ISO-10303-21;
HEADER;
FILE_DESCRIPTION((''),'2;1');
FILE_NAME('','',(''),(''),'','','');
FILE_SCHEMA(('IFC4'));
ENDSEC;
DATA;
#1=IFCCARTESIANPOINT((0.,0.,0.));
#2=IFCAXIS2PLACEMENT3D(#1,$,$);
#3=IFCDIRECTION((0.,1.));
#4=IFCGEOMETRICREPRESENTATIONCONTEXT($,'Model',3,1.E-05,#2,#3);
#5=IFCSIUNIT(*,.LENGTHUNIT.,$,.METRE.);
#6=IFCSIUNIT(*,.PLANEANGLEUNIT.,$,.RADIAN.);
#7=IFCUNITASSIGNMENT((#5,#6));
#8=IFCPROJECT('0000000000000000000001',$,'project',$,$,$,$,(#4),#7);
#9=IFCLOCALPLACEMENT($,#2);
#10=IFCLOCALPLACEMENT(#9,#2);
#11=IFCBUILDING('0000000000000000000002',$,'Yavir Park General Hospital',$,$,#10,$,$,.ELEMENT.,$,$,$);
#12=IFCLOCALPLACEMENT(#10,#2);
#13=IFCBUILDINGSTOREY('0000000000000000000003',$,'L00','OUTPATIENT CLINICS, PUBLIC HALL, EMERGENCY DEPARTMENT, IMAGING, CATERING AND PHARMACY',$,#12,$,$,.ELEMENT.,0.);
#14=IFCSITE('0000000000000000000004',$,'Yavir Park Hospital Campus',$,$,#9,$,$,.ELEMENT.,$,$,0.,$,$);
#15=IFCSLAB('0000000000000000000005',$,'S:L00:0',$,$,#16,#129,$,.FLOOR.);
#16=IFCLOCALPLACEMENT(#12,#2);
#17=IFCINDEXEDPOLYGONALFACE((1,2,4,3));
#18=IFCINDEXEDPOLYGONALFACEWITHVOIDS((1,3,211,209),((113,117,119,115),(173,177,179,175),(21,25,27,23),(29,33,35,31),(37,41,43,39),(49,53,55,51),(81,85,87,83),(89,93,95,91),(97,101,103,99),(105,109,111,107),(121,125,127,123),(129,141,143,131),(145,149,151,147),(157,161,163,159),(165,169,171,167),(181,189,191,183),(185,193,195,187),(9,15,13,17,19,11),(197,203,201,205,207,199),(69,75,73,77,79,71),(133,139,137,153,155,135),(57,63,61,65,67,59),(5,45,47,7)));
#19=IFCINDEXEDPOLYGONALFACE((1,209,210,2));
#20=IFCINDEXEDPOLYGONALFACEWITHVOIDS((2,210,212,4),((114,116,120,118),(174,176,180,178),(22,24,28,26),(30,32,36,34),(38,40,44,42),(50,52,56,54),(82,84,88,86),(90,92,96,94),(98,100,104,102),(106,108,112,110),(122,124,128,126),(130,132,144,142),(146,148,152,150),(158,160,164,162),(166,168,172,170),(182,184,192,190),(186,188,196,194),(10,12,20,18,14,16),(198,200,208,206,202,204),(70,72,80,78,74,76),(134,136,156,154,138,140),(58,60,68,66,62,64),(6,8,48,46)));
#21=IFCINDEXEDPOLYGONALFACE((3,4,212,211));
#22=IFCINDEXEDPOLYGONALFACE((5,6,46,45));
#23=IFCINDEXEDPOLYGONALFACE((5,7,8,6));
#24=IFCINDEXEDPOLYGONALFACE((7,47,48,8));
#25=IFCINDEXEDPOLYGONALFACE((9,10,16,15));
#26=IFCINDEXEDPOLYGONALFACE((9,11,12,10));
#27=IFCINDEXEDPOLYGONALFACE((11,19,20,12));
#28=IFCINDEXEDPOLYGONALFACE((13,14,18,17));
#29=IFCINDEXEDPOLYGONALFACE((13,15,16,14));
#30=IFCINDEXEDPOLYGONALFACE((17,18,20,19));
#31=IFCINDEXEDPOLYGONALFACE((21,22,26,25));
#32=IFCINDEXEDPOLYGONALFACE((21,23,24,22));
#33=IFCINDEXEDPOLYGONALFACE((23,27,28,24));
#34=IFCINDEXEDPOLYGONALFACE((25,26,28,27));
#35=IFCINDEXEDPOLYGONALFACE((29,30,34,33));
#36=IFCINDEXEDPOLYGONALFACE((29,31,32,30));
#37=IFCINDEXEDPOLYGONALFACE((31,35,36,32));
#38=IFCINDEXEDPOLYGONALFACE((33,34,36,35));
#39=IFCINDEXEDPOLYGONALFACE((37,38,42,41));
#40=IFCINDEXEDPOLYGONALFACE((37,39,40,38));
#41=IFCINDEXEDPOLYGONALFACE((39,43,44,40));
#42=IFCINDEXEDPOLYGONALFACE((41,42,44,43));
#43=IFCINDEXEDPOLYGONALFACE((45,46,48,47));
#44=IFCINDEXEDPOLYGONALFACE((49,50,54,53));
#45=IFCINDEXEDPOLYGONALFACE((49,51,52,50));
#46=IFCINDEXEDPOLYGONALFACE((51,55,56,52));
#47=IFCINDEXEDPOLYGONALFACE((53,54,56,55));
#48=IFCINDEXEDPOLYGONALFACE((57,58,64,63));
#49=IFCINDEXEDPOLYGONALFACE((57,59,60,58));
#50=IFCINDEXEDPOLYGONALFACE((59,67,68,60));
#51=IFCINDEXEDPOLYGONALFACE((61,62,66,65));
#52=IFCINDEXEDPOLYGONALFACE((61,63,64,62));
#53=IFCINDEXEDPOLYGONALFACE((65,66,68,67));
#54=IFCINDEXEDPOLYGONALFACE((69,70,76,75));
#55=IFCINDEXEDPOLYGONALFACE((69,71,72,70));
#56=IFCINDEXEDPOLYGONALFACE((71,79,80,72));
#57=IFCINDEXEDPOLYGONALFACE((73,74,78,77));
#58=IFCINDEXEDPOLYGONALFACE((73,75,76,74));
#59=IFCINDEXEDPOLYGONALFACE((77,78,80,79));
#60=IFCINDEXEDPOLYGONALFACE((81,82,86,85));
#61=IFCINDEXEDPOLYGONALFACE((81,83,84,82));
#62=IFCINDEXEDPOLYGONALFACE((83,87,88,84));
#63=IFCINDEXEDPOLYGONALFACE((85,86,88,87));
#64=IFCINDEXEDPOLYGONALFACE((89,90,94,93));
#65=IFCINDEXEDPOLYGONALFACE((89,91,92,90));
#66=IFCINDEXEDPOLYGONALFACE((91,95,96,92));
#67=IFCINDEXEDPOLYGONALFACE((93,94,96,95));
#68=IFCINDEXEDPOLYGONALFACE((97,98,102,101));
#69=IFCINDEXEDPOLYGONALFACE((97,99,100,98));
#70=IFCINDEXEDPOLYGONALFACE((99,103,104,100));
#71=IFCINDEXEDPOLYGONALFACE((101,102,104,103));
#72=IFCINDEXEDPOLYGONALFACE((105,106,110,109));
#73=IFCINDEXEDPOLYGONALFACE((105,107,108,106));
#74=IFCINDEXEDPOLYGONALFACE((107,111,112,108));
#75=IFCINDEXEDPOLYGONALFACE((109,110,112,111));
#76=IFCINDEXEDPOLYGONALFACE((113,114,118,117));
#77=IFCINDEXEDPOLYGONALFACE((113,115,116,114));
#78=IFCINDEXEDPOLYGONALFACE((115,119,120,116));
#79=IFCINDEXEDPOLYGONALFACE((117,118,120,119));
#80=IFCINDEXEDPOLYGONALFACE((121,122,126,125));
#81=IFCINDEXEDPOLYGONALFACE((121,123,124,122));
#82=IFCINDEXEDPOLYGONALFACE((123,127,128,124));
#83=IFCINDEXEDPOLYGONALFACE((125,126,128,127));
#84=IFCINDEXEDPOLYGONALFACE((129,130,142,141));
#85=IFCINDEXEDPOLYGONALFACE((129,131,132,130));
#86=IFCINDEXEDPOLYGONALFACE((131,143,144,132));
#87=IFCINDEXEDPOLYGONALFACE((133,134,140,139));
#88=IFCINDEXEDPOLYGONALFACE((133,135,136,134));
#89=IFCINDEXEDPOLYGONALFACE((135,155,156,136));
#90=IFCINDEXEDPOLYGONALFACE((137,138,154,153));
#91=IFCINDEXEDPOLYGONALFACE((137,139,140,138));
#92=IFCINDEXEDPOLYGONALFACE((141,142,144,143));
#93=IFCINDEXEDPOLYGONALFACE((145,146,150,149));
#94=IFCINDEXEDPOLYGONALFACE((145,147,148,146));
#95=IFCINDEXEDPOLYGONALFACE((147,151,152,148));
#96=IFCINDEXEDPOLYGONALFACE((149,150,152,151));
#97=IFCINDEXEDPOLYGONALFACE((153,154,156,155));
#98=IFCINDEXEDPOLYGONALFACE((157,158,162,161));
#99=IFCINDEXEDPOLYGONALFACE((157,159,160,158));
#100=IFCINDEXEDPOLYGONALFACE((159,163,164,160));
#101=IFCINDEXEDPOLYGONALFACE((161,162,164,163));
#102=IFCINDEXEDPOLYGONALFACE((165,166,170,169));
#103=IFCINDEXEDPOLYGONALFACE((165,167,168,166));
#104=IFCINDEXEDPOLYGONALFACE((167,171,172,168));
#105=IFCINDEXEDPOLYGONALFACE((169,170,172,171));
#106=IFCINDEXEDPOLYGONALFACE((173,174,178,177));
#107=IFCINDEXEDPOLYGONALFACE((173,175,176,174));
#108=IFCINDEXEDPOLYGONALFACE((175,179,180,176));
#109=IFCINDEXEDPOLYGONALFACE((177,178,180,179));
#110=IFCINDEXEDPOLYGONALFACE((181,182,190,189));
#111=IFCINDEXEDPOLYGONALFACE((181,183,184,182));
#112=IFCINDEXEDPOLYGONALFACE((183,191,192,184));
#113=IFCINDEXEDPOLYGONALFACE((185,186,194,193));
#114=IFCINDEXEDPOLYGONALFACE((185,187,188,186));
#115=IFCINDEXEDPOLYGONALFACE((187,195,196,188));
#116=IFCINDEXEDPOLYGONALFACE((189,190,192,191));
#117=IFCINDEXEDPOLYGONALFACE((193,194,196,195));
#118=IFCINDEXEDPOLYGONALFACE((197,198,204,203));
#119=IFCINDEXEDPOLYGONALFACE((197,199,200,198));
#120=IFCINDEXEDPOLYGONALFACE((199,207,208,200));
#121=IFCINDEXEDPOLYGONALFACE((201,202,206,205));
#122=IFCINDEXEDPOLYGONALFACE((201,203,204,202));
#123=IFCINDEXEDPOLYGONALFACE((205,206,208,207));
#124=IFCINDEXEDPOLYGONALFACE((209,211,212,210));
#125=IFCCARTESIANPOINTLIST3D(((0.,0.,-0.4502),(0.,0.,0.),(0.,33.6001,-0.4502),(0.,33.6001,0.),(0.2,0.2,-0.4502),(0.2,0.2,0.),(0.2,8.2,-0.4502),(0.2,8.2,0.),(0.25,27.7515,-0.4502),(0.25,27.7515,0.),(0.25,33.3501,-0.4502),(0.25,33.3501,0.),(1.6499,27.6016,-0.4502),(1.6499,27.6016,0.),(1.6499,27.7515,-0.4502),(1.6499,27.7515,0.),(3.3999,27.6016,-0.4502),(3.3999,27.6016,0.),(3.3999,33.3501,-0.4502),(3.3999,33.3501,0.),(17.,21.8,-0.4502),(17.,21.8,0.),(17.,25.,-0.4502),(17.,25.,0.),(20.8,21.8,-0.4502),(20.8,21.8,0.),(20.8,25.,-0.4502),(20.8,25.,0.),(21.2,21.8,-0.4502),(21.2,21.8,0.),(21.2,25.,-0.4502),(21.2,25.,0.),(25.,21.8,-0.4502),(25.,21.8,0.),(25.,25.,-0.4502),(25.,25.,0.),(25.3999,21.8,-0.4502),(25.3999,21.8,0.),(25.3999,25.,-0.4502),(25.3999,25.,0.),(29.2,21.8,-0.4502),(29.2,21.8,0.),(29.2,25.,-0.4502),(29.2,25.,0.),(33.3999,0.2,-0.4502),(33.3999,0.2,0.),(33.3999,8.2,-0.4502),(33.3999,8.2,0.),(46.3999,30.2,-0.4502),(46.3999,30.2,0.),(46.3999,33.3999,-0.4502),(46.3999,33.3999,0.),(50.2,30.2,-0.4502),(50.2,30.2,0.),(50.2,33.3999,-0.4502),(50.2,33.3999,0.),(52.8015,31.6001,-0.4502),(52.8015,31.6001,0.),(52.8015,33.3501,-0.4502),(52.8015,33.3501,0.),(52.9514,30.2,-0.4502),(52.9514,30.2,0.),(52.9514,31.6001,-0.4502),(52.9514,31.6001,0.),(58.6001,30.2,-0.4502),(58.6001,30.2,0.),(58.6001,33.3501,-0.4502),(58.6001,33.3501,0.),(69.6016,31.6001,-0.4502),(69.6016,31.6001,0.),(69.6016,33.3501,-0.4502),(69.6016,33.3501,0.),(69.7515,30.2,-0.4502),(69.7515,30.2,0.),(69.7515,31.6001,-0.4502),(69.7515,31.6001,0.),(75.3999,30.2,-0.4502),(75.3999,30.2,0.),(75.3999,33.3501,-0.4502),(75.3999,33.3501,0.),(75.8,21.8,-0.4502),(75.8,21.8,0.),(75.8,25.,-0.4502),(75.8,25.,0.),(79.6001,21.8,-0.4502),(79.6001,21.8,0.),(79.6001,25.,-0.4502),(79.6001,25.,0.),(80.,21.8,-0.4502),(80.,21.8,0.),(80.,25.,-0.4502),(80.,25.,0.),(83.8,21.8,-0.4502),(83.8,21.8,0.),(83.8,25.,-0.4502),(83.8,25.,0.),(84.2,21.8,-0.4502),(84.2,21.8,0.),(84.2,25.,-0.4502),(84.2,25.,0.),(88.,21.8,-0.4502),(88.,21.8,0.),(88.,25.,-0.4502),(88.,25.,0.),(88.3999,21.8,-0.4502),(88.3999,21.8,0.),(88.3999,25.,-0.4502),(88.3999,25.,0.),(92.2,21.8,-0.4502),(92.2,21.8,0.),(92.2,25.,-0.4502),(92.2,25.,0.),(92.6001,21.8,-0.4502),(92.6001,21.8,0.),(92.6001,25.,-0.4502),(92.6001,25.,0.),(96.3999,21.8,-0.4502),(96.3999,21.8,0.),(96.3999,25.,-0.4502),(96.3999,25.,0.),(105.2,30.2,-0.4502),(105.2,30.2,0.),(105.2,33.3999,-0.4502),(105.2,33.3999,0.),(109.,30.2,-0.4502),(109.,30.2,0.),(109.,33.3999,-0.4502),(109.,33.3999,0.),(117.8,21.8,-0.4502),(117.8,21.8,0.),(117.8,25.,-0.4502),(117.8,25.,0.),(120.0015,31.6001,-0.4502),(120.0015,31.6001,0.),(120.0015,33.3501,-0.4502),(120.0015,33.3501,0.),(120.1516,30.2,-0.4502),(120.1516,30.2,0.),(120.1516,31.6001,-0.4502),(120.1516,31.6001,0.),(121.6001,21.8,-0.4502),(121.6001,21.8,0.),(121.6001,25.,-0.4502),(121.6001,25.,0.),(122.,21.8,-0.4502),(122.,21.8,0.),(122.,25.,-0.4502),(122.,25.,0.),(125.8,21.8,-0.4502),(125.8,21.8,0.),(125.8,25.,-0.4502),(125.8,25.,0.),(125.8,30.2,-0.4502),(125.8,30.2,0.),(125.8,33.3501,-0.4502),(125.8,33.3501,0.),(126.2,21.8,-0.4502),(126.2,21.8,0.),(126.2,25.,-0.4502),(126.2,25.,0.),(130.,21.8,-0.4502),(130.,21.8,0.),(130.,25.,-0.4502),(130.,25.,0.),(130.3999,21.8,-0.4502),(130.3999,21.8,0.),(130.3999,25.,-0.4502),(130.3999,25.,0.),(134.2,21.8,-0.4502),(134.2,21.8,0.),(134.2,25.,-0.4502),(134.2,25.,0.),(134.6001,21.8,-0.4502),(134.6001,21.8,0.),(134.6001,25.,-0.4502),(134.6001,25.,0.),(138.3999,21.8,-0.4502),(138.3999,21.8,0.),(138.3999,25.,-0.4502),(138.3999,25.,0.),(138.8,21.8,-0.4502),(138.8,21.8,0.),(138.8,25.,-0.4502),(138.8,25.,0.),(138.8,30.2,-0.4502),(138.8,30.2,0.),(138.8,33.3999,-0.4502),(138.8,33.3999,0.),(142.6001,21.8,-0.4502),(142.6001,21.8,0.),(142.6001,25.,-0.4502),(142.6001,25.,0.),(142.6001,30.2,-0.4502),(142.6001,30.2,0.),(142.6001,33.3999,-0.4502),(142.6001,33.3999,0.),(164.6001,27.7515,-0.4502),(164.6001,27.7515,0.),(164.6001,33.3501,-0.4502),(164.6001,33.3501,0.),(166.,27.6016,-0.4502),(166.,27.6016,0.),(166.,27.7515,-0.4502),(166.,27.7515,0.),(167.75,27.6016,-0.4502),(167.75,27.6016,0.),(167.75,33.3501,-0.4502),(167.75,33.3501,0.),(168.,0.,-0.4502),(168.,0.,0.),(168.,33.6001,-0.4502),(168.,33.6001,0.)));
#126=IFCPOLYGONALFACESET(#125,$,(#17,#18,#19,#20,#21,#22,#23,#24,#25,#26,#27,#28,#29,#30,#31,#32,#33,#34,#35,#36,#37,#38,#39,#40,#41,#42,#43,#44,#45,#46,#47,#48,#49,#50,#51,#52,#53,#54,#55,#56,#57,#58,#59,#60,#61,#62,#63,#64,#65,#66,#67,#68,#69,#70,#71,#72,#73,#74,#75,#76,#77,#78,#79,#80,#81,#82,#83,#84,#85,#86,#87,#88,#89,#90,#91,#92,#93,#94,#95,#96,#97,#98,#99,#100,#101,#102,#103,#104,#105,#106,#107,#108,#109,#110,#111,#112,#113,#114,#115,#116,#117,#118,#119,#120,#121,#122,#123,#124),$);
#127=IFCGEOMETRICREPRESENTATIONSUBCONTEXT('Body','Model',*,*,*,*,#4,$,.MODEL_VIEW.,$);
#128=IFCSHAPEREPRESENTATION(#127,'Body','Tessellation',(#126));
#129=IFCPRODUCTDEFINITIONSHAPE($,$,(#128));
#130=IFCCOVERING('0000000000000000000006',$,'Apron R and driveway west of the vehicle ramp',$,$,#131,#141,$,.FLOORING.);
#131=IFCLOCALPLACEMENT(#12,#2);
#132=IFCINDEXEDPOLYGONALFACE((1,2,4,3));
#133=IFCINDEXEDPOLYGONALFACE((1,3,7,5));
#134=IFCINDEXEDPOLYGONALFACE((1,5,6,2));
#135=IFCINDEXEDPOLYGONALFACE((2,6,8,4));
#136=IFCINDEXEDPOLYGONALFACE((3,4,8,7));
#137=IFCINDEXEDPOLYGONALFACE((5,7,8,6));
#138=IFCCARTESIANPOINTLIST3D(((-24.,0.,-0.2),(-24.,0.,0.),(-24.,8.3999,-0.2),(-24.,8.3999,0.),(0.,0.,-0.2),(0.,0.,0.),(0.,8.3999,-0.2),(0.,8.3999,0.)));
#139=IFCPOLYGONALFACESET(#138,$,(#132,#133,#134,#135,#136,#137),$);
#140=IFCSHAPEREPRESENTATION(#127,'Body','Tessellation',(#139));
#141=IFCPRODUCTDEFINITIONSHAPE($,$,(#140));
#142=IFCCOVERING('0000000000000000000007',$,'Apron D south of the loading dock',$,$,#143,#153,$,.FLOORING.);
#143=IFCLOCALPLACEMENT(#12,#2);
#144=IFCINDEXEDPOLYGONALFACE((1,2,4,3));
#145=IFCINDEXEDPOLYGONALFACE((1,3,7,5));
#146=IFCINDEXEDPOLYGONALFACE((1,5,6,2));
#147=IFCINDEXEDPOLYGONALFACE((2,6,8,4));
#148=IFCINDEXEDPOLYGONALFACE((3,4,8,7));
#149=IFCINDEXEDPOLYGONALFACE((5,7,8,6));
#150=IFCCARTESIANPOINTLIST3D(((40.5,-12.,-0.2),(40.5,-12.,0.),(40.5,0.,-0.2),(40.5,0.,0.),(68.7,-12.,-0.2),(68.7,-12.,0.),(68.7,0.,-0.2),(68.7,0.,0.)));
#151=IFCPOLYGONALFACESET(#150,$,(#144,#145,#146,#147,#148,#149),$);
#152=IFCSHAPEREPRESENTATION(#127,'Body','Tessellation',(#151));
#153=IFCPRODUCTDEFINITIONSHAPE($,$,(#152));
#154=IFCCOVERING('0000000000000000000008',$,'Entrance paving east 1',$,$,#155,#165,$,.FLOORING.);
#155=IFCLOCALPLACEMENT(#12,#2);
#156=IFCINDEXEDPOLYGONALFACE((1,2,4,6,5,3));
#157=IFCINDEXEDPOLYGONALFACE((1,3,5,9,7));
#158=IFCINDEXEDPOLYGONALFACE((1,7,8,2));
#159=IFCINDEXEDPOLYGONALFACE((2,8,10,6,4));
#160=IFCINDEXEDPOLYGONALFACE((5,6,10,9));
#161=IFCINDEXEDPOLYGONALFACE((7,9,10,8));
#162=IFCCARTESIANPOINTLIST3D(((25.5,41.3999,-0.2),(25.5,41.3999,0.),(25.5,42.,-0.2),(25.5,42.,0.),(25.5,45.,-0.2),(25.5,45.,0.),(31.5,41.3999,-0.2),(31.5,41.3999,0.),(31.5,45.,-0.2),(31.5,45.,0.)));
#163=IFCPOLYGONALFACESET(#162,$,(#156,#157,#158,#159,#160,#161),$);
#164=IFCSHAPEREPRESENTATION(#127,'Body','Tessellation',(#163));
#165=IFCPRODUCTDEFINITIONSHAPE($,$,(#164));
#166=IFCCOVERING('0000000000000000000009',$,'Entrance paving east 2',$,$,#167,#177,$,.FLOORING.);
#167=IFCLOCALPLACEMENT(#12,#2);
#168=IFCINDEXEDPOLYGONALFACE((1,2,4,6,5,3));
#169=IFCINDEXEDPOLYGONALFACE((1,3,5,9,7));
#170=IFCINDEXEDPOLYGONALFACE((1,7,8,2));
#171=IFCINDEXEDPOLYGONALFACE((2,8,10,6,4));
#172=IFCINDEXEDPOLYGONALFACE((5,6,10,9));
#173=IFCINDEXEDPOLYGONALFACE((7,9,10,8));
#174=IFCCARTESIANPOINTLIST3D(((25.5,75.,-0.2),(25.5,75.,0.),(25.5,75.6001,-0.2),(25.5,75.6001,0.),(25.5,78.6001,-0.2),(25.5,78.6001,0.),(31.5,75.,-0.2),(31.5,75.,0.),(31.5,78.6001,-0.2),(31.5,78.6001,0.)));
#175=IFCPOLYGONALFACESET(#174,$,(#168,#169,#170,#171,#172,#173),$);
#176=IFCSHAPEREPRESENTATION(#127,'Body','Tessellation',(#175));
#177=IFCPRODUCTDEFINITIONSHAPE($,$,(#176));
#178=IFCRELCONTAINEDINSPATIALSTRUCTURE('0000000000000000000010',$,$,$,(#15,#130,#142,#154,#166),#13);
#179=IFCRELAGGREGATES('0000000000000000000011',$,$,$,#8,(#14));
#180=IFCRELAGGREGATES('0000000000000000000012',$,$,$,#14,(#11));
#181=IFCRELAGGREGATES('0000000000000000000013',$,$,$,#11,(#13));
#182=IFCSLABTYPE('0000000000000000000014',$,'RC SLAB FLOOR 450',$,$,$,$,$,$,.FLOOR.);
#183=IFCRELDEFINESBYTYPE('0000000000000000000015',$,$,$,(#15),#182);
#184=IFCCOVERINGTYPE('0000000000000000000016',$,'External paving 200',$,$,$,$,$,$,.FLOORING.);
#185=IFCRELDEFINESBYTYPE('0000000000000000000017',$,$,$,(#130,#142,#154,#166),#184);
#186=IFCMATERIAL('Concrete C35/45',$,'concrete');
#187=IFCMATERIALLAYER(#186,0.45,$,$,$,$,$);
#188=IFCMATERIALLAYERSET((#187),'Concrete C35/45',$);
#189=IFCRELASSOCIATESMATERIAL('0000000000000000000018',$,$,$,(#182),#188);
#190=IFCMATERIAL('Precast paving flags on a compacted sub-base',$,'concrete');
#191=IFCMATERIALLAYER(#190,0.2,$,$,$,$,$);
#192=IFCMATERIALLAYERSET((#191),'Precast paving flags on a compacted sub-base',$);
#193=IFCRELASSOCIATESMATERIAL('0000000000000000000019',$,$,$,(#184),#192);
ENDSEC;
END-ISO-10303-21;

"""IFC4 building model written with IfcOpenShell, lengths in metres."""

from ifc_helpers import new_model, si_unit, direction, frame, origin, place, context, subcontext, project, spatial, polyline, outline, extrude, material, layer, layer_set, type_object, element, save


model = new_model("IFC4")

# Units and contexts
model_context = context("Model", 3, precision=1e-05, world=origin(), true_north=direction((0.0, 1.0)))
body_context = subcontext(model_context, "Body", "Model", "MODEL_VIEW")
ifc_project = project(units=[si_unit("LENGTHUNIT", "METRE"), si_unit("PLANEANGLEUNIT", "RADIAN")], contexts=[model_context])

# Site, building, storey
site_placement = place(None, origin())
site = spatial("IfcSite", under=ifc_project, at=site_placement, Name="Yavir Park Hospital Campus", CompositionType="ELEMENT", RefElevation=0.0)
building_placement = place(site_placement, origin())
building = spatial("IfcBuilding", under=site, at=building_placement, Name="Yavir Park General Hospital", CompositionType="ELEMENT")
storey_placement = place(building_placement, origin())
storey = spatial("IfcBuildingStorey", under=building, at=storey_placement, Name="L00", Description="OUTPATIENT CLINICS, PUBLIC HALL, EMERGENCY DEPARTMENT, IMAGING, CATERING AND PHARMACY", CompositionType="ELEMENT", Elevation=0.0)

# Slab
ifc_material_1 = material(Name="Concrete C35/45", Category="concrete")
ifc_layer_1 = layer(ifc_material_1, 0.45)
ifc_layer_set_1 = layer_set([ifc_layer_1], Name="Concrete C35/45")
slab_type_1 = type_object("IfcSlabType", Name="RC SLAB FLOOR 450", PredefinedType="FLOOR", material=ifc_layer_set_1)
slab_1_placement = place(storey_placement, frame((0.0, 0.0, -0.4502)))
element("IfcSlab", 1, at=slab_1_placement, inside=storey, type_object=slab_type_1, Name="S:L00:0", PredefinedType="FLOOR", context=body_context, shape_type="SweptSolid", body=[
    extrude(outline(polyline([(168.0, 0.0), (168.0, 33.6001), (0.0, 33.6001), (0.0, 0.0), (168.0, 0.0)]), holes=[polyline([(0.2, 0.2), (0.2, 8.2), (33.3999, 8.2), (33.3999, 0.2), (0.2, 0.2)]), polyline([(17.0, 25.0), (20.8, 25.0), (20.8, 21.8), (17.0, 21.8), (17.0, 25.0)]), polyline([(21.2, 25.0), (25.0, 25.0), (25.0, 21.8), (21.2, 21.8), (21.2, 25.0)]), polyline([(25.3999, 25.0), (29.2, 25.0), (29.2, 21.8), (25.3999, 21.8), (25.3999, 25.0)]), polyline([(75.8, 25.0), (79.6001, 25.0), (79.6001, 21.8), (75.8, 21.8), (75.8, 25.0)]), polyline([(80.0, 25.0), (83.8, 25.0), (83.8, 21.8), (80.0, 21.8), (80.0, 25.0)]), polyline([(84.2, 25.0), (88.0, 25.0), (88.0, 21.8), (84.2, 21.8), (84.2, 25.0)]), polyline([(88.3999, 21.8), (88.3999, 25.0), (92.2, 25.0), (92.2, 21.8), (88.3999, 21.8)]), polyline([(46.3999, 33.3999), (50.2, 33.3999), (50.2, 30.2), (46.3999, 30.2), (46.3999, 33.3999)]), polyline([(92.6001, 25.0), (96.3999, 25.0), (96.3999, 21.8), (92.6001, 21.8), (92.6001, 25.0)]), polyline([(117.8, 25.0), (121.6001, 25.0), (121.6001, 21.8), (117.8, 21.8), (117.8, 25.0)]), polyline([(122.0, 25.0), (125.8, 25.0), (125.8, 21.8), (122.0, 21.8), (122.0, 25.0)]), polyline([(126.2, 25.0), (130.0, 25.0), (130.0, 21.8), (126.2, 21.8), (126.2, 25.0)]), polyline([(130.3999, 25.0), (134.2, 25.0), (134.2, 21.8), (130.3999, 21.8), (130.3999, 25.0)]), polyline([(134.6001, 25.0), (138.3999, 25.0), (138.3999, 21.8), (134.6001, 21.8), (134.6001, 25.0)]), polyline([(138.8, 25.0), (142.6001, 25.0), (142.6001, 21.8), (138.8, 21.8), (138.8, 25.0)]), polyline([(105.2, 33.3999), (109.0, 33.3999), (109.0, 30.2), (105.2, 30.2), (105.2, 33.3999)]), polyline([(138.8, 33.3999), (142.6001, 33.3999), (142.6001, 30.2), (138.8, 30.2), (138.8, 33.3999)]), polyline([(3.3999, 27.6016), (1.6499, 27.6016), (1.6499, 27.7515), (0.25, 27.7515), (0.25, 33.3501), (3.3999, 33.3501), (3.3999, 27.6016)]), polyline([(58.6001, 30.2), (52.9514, 30.2), (52.9514, 31.6001), (52.8015, 31.6001), (52.8015, 33.3501), (58.6001, 33.3501), (58.6001, 30.2)]), polyline([(69.7515, 31.6001), (69.6016, 31.6001), (69.6016, 33.3501), (75.3999, 33.3501), (75.3999, 30.2), (69.7515, 30.2), (69.7515, 31.6001)]), polyline([(120.0015, 33.3501), (125.8, 33.3501), (125.8, 30.2), (120.1516, 30.2), (120.1516, 31.6001), (120.0015, 31.6001), (120.0015, 33.3501)]), polyline([(166.0, 27.7515), (164.6001, 27.7515), (164.6001, 33.3501), (167.75, 33.3501), (167.75, 27.6016), (166.0, 27.6016), (166.0, 27.7515)])]), origin(), (0.0, 0.0, 1.0), 0.4502),
])

# Coverings
ifc_material_2 = material(Name="Precast paving flags on a compacted sub-base", Category="concrete")
ifc_layer_2 = layer(ifc_material_2, 0.2)
ifc_layer_set_2 = layer_set([ifc_layer_2], Name="Precast paving flags on a compacted sub-base")
covering_type = type_object("IfcCoveringType", Name="External paving 200", PredefinedType="FLOORING", material=ifc_layer_set_2)
covering_1_placement = place(storey_placement, frame((0.0, 0.0, -0.2)))
element("IfcCovering", 2, at=covering_1_placement, inside=storey, type_object=covering_type, Name="Apron R and driveway west of the vehicle ramp", PredefinedType="FLOORING", context=body_context, shape_type="SweptSolid", body=[
    extrude(outline(polyline([(0.0, 0.0), (-24.0, 0.0), (-24.0, 8.3999), (0.0, 8.3999), (0.0, 0.0)])), origin(), (0.0, 0.0, 1.0), 0.2),
])
covering_2_placement = place(storey_placement, frame((0.0, 0.0, -0.2)))
element("IfcCovering", 3, at=covering_2_placement, inside=storey, type_object=covering_type, Name="Apron D south of the loading dock", PredefinedType="FLOORING", context=body_context, shape_type="SweptSolid", body=[
    extrude(outline(polyline([(40.5, -12.0), (40.5, 0.0), (68.7, 0.0), (68.7, -12.0), (40.5, -12.0)])), origin(), (0.0, 0.0, 1.0), 0.2),
])
covering_3_placement = place(storey_placement, frame((0.0, 0.0, -0.2)))
element("IfcCovering", 4, at=covering_3_placement, inside=storey, type_object=covering_type, Name="Entrance paving east 1", PredefinedType="FLOORING", context=body_context, shape_type="SweptSolid", body=[
    extrude(outline(polyline([(25.5, 45.0), (31.5, 45.0), (31.5, 41.3999), (25.5, 41.3999), (25.5, 42.0), (25.5, 45.0)])), origin(), (0.0, 0.0, 1.0), 0.2),
])
covering_4_placement = place(storey_placement, frame((0.0, 0.0, -0.2)))
element("IfcCovering", 5, at=covering_4_placement, inside=storey, type_object=covering_type, Name="Entrance paving east 2", PredefinedType="FLOORING", context=body_context, shape_type="SweptSolid", body=[
    extrude(outline(polyline([(31.5, 78.6001), (31.5, 75.0), (25.5, 75.0), (25.5, 75.6001), (25.5, 78.6001), (31.5, 78.6001)])), origin(), (0.0, 0.0, 1.0), 0.2),
])

save(model, "model.ifc")
